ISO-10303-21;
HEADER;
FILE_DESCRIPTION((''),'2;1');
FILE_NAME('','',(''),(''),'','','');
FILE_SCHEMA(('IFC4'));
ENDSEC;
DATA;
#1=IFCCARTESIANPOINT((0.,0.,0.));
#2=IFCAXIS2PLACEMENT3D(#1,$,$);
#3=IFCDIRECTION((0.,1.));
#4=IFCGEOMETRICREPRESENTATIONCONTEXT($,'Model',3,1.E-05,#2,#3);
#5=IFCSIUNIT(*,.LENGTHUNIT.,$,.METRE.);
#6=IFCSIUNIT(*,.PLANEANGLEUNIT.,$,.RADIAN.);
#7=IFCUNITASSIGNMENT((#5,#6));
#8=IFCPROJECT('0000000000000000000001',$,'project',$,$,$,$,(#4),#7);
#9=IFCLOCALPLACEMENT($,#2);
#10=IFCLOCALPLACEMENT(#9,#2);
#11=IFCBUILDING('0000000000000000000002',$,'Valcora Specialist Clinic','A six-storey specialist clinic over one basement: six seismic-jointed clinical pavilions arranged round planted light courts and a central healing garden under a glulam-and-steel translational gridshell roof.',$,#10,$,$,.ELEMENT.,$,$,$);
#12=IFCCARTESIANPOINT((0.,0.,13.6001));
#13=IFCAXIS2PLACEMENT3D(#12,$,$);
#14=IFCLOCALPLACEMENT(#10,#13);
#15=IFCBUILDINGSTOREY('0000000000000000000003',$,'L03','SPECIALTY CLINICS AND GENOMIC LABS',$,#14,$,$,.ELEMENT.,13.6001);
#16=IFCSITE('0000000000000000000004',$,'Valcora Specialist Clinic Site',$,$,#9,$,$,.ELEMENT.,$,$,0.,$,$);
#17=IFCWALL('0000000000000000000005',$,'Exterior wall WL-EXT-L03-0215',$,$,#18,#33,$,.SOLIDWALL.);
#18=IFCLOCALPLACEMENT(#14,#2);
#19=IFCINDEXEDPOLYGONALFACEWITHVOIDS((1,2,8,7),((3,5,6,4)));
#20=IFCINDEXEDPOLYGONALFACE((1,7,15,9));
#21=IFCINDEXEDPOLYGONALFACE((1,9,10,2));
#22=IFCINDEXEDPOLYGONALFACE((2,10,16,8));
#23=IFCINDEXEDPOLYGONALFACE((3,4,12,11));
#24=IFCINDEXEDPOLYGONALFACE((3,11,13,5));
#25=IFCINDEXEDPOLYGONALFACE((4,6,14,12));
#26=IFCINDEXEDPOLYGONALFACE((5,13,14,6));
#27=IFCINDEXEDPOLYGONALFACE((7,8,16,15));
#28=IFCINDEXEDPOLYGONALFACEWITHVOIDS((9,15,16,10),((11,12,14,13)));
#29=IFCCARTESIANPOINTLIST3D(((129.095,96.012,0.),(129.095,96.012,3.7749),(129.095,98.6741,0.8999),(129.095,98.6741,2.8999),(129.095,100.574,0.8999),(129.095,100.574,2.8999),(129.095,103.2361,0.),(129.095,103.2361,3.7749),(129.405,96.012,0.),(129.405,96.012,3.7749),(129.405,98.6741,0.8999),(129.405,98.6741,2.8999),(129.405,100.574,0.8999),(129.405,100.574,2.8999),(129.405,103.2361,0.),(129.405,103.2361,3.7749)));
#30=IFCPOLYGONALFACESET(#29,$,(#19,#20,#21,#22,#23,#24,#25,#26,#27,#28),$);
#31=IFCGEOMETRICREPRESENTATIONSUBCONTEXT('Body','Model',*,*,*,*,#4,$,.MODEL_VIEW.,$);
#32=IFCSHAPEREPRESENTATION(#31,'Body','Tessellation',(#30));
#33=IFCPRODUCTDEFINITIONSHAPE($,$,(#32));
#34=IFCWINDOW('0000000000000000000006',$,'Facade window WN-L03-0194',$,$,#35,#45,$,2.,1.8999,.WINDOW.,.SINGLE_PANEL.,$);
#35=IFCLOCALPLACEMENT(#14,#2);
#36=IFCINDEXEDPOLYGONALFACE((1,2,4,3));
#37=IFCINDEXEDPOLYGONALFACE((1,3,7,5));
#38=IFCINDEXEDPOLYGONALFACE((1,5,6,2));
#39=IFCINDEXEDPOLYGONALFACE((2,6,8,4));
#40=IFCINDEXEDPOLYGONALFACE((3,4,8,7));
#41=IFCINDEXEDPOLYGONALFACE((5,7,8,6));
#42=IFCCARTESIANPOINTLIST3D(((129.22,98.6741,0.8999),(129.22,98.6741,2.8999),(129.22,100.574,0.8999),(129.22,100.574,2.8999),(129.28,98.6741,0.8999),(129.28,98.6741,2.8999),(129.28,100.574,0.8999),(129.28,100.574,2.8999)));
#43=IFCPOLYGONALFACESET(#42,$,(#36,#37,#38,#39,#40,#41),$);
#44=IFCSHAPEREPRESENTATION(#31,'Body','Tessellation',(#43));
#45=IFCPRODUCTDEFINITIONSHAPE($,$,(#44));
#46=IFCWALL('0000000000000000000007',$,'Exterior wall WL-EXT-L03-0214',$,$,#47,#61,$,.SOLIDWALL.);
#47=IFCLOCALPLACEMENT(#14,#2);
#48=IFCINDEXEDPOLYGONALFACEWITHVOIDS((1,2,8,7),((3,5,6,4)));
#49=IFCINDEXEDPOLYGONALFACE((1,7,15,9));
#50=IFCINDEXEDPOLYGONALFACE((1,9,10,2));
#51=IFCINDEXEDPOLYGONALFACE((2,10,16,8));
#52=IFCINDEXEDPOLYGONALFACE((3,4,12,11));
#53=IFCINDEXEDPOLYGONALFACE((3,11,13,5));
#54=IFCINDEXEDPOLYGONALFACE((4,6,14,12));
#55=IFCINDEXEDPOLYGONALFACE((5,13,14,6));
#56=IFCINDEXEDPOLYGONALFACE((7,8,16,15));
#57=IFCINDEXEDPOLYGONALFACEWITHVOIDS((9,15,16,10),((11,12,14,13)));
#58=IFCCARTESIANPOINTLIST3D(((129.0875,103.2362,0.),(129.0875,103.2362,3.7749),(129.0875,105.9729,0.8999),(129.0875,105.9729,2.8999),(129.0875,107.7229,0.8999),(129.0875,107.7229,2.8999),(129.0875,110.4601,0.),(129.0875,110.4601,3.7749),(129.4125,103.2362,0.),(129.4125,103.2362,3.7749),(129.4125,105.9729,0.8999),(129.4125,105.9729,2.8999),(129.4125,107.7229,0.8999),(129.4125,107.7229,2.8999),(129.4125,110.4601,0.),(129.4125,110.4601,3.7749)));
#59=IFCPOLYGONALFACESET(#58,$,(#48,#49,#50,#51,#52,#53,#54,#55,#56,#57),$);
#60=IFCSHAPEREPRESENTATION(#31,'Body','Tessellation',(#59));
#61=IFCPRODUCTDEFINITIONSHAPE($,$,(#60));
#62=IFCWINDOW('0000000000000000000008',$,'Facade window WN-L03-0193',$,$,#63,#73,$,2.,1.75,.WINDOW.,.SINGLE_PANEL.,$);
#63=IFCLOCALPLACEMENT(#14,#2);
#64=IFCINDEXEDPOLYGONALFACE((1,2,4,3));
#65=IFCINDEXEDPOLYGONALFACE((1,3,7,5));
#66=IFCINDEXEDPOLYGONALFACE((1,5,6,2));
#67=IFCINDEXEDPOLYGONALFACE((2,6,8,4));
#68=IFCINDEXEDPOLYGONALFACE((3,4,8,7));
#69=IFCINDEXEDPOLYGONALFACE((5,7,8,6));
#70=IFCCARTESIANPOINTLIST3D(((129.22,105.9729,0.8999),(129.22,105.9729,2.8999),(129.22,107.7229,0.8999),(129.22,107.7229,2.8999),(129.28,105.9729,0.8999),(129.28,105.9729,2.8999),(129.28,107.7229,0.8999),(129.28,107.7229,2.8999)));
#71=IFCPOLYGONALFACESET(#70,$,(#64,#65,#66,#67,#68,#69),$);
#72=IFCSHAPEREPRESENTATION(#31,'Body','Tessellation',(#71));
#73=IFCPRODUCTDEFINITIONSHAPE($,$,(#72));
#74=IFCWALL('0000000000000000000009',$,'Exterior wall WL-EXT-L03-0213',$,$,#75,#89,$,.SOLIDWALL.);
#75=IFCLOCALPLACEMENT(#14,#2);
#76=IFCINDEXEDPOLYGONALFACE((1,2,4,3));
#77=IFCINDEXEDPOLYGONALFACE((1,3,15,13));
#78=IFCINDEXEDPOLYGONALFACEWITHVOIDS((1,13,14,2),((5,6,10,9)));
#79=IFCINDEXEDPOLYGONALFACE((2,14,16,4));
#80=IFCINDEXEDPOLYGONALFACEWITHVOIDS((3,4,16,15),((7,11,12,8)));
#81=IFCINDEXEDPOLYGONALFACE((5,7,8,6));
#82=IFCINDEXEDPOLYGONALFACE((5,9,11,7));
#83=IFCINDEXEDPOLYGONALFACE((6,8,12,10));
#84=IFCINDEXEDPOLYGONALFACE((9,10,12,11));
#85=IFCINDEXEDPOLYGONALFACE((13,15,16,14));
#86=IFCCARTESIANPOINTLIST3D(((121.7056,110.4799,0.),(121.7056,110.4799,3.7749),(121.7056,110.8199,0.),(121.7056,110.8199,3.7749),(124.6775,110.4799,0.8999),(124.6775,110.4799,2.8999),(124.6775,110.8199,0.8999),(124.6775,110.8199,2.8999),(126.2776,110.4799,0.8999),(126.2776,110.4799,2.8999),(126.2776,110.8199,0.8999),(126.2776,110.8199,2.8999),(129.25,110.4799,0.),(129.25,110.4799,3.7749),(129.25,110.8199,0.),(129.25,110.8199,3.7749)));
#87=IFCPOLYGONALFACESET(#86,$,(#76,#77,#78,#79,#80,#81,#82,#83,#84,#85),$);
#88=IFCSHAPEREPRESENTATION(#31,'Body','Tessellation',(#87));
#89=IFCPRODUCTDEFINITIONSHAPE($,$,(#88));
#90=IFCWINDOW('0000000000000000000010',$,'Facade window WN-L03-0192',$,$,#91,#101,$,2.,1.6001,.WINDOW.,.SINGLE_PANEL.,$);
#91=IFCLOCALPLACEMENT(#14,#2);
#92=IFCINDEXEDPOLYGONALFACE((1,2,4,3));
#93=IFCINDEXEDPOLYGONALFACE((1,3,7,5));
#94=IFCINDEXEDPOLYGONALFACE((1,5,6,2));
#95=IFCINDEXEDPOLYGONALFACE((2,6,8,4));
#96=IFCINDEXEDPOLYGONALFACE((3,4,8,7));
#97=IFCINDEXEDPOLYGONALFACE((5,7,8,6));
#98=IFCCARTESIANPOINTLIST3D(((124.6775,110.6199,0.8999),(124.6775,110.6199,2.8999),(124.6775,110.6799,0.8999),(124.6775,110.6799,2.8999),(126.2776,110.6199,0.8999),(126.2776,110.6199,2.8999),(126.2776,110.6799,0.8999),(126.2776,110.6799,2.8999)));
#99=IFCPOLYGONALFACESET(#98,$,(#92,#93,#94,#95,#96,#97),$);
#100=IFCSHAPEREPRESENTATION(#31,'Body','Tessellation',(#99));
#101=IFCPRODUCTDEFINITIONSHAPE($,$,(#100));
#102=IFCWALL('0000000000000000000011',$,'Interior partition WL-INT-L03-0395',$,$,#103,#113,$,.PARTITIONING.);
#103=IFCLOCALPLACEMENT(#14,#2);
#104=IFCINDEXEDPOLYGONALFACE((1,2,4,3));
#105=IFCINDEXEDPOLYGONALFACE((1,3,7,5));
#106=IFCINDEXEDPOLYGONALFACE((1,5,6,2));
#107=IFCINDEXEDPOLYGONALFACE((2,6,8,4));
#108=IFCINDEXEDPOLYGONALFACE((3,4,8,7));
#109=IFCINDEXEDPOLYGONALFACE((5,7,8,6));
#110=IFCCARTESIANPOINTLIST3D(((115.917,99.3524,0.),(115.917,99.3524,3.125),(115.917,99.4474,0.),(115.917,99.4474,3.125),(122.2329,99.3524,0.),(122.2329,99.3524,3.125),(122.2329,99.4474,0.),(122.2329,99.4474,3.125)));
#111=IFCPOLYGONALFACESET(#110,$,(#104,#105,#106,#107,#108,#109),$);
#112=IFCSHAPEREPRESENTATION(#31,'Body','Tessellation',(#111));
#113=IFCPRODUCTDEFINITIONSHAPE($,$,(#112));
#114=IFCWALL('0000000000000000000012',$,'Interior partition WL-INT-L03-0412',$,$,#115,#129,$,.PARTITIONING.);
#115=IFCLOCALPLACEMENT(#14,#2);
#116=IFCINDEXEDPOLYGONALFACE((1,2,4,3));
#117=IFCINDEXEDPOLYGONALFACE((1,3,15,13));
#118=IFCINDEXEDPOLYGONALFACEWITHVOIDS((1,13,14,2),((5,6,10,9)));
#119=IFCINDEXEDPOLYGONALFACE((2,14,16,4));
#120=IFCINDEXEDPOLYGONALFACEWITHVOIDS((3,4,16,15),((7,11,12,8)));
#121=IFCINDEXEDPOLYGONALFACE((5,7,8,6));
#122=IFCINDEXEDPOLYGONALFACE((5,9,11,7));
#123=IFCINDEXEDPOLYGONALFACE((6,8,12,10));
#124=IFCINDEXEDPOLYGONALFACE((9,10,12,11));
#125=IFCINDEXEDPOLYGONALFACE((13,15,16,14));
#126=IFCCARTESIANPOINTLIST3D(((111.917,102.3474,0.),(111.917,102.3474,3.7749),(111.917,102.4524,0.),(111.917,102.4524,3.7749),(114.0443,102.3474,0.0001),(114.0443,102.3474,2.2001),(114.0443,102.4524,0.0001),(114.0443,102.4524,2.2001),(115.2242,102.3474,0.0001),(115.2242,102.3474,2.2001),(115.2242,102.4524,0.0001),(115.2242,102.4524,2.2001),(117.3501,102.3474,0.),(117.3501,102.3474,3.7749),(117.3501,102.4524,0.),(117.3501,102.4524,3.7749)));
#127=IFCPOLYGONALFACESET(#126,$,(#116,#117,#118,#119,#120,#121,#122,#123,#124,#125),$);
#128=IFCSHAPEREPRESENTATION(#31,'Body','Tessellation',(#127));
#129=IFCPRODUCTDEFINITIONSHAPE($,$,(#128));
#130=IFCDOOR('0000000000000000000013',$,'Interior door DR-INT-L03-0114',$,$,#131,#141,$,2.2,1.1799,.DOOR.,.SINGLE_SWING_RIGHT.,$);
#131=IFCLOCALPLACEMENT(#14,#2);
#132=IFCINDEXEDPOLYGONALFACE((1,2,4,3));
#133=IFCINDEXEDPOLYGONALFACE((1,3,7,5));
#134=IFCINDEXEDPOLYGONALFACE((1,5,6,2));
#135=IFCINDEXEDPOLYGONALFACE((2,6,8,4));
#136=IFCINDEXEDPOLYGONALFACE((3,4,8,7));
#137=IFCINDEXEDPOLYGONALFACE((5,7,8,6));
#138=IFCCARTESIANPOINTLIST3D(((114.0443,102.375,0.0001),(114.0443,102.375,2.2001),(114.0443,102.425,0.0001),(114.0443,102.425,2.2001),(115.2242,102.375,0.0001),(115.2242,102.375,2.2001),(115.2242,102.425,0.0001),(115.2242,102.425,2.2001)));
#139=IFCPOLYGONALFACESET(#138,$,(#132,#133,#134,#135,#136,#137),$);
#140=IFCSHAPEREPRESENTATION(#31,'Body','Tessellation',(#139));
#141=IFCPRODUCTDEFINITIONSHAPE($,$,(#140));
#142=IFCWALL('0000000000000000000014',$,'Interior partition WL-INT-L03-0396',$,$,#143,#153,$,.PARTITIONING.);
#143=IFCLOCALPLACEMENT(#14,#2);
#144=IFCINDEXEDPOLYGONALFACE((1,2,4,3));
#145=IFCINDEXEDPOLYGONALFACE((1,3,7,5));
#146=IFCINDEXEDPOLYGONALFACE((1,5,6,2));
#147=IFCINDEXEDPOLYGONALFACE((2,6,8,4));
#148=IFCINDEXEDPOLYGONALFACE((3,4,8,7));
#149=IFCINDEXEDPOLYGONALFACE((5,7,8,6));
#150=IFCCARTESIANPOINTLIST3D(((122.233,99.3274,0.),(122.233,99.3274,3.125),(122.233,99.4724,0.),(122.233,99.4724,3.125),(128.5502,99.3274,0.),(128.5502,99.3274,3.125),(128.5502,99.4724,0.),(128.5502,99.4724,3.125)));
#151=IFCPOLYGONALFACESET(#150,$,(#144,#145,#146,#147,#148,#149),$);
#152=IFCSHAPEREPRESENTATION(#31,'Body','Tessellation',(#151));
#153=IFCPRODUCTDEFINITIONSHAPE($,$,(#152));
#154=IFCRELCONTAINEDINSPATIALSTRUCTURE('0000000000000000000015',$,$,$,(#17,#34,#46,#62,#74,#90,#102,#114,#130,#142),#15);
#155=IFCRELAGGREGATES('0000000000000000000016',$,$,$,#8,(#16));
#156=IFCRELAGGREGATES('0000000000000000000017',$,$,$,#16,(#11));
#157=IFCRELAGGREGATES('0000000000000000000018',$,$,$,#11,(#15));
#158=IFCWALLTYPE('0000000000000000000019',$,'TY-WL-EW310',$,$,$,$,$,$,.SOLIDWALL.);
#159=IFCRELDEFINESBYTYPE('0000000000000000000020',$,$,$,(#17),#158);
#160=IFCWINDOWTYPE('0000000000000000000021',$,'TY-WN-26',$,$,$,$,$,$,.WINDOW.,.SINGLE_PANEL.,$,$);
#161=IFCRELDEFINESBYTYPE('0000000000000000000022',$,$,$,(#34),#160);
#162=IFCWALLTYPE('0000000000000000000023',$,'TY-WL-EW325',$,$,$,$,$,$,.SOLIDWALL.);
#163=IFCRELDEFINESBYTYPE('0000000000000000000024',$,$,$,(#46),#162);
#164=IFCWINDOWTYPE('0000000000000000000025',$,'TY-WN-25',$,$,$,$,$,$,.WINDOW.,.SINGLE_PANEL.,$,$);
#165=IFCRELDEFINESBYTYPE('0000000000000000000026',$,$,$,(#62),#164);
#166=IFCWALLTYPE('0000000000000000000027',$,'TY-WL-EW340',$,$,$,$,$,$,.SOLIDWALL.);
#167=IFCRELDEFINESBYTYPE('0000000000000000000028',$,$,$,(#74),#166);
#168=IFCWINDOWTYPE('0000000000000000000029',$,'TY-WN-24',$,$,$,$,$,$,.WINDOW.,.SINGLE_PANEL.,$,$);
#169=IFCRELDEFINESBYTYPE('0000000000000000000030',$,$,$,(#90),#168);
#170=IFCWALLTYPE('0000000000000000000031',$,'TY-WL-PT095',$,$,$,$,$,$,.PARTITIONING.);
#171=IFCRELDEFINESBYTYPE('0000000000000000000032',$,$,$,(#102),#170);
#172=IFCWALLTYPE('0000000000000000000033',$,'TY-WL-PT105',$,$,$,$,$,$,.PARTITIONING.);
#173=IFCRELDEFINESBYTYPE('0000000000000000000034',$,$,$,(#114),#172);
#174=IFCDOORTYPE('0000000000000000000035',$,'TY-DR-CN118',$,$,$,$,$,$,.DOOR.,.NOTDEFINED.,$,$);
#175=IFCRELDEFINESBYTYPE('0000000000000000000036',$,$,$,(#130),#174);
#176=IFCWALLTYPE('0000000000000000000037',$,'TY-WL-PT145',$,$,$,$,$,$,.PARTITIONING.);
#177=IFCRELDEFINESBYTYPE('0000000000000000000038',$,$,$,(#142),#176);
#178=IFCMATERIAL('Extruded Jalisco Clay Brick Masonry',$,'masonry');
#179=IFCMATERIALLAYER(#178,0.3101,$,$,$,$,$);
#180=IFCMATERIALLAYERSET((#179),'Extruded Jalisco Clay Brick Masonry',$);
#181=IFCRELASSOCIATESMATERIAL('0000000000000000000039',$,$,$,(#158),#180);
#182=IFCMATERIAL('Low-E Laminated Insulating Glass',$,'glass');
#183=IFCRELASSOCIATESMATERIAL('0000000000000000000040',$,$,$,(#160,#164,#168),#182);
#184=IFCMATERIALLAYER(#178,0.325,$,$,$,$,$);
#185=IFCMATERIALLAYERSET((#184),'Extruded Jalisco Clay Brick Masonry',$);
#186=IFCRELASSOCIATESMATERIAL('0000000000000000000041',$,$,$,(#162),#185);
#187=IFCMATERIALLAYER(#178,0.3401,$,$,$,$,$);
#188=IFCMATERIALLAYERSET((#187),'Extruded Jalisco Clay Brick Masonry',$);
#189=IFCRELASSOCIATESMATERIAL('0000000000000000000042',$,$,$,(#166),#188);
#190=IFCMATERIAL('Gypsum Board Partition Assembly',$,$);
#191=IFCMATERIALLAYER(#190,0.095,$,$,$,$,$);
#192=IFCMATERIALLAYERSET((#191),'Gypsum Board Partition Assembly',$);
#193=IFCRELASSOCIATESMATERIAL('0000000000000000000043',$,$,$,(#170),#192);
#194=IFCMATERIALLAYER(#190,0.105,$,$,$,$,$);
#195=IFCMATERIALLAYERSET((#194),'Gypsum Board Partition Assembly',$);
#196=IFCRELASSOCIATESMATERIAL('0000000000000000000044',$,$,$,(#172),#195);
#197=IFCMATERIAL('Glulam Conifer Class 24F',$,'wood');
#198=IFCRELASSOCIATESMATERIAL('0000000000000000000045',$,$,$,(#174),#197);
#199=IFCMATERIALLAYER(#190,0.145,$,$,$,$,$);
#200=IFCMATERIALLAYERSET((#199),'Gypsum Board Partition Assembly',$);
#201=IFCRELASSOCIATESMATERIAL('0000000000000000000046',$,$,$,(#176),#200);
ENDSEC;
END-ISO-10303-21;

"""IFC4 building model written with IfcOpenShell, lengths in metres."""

from ifc_helpers import new_model, si_unit, direction, frame, frame_2d, origin, place, context, subcontext, project, spatial, rectangle, extrude, material, layer, layer_set, type_object, element, fill, save


model = new_model("IFC4")

# Units and contexts
model_context = context("Model", 3, precision=1e-05, world=origin(), true_north=direction((0.0, 1.0)))
body_context = subcontext(model_context, "Body", "Model", "MODEL_VIEW")
ifc_project = project(units=[si_unit("LENGTHUNIT", "METRE"), si_unit("PLANEANGLEUNIT", "RADIAN")], contexts=[model_context])

# Site, building, storey
site_placement = place(None, origin())
site = spatial("IfcSite", under=ifc_project, at=site_placement, Name="Valcora Specialist Clinic Site", CompositionType="ELEMENT", RefElevation=0.0)
building_placement = place(site_placement, origin())
building = spatial("IfcBuilding", under=site, at=building_placement, Name="Valcora Specialist Clinic", Description="A six-storey specialist clinic over one basement: six seismic-jointed clinical pavilions arranged round planted light courts and a central healing garden under a glulam-and-steel translational gridshell roof.", CompositionType="ELEMENT")
storey_placement = place(building_placement, frame((0.0, 0.0, 13.6001)))
storey = spatial("IfcBuildingStorey", under=building, at=storey_placement, Name="L03", Description="SPECIALTY CLINICS AND GENOMIC LABS", CompositionType="ELEMENT", Elevation=13.6001)

# Walls, openings, windows
ifc_material_1 = material(Name="Extruded Jalisco Clay Brick Masonry", Category="masonry")
ifc_material_2 = material(Name="Low-E Laminated Insulating Glass", Category="glass")
ifc_layer_1 = layer(ifc_material_1, 0.3101)
ifc_layer_set_1 = layer_set([ifc_layer_1], Name="Extruded Jalisco Clay Brick Masonry")
wall_type_1 = type_object("IfcWallType", Name="TY-WL-EW310", PredefinedType="SOLIDWALL", material=ifc_layer_set_1)
wall_1_placement = place(storey_placement, frame((129.25, 103.2361, 0.0), z_axis=(0.0, 0.0, 1.0), x_axis=(0.0, -1.0, 0.0)))
wall_1 = element("IfcWall", 1, at=wall_1_placement, inside=storey, type_object=wall_type_1, Name="Exterior wall WL-EXT-L03-0215", PredefinedType="SOLIDWALL", context=body_context, shape_type="SweptSolid", body=[
    extrude(rectangle(XDim=7.2241, YDim=0.3101, at=frame_2d((3.6121, 0.0))), origin(), (0.0, 0.0, 1.0), 3.7749),
])
opening_1_placement = place(wall_1_placement, frame((2.6621, 0.0, 0.8999)))
opening_1 = element("IfcOpeningElement", 2, at=opening_1_placement, cuts=wall_1, PredefinedType="OPENING", context=body_context, shape_type="SweptSolid", body=[
    extrude(rectangle(XDim=1.8999, YDim=2.0, at=frame_2d((0.95, 1.0))), frame((0.0, 0.165, 0.0), z_axis=(0.0, -1.0, 0.0), x_axis=(1.0, 0.0, 0.0)), (0.0, 0.0, 1.0), 0.3301),
])
window_type_1 = type_object("IfcWindowType", Name="TY-WN-26", PartitioningType="SINGLE_PANEL", PredefinedType="WINDOW", material=ifc_material_2)
window_1_placement = place(opening_1_placement, origin())
window_1 = element("IfcWindow", 3, at=window_1_placement, inside=storey, type_object=window_type_1, Name="Facade window WN-L03-0194", OverallHeight=2.0, OverallWidth=1.8999, PartitioningType="SINGLE_PANEL", PredefinedType="WINDOW", context=body_context, shape_type="SweptSolid", body=[
    extrude(rectangle(XDim=1.8999, YDim=2.0, at=frame_2d((0.95, 1.0))), frame((0.0, 0.03, 0.0), z_axis=(0.0, -1.0, 0.0), x_axis=(1.0, 0.0, 0.0)), (0.0, 0.0, 1.0), 0.0601),
])
fill(opening_1, window_1)
ifc_layer_2 = layer(ifc_material_1, 0.325)
ifc_layer_set_2 = layer_set([ifc_layer_2], Name="Extruded Jalisco Clay Brick Masonry")
wall_type_2 = type_object("IfcWallType", Name="TY-WL-EW325", PredefinedType="SOLIDWALL", material=ifc_layer_set_2)
wall_2_placement = place(storey_placement, frame((129.25, 110.46, 0.0), z_axis=(0.0, 0.0, 1.0), x_axis=(0.0, -1.0, 0.0)))
wall_2 = element("IfcWall", 4, at=wall_2_placement, inside=storey, type_object=wall_type_2, Name="Exterior wall WL-EXT-L03-0214", PredefinedType="SOLIDWALL", context=body_context, shape_type="SweptSolid", body=[
    extrude(rectangle(XDim=7.2239, YDim=0.325, at=frame_2d((3.6118, 0.0))), origin(), (0.0, 0.0, 1.0), 3.7749),
])
opening_2_placement = place(wall_2_placement, frame((2.7371, 0.0, 0.8999)))
opening_2 = element("IfcOpeningElement", 5, at=opening_2_placement, cuts=wall_2, PredefinedType="OPENING", context=body_context, shape_type="SweptSolid", body=[
    extrude(rectangle(XDim=1.75, YDim=2.0, at=frame_2d((0.875, 1.0))), frame((0.0, 0.1724, 0.0), z_axis=(0.0, -1.0, 0.0), x_axis=(1.0, 0.0, 0.0)), (0.0, 0.0, 1.0), 0.345),
])
window_type_2 = type_object("IfcWindowType", Name="TY-WN-25", PartitioningType="SINGLE_PANEL", PredefinedType="WINDOW", material=ifc_material_2)
window_2_placement = place(opening_2_placement, origin())
window_2 = element("IfcWindow", 6, at=window_2_placement, inside=storey, type_object=window_type_2, Name="Facade window WN-L03-0193", OverallHeight=2.0, OverallWidth=1.75, PartitioningType="SINGLE_PANEL", PredefinedType="WINDOW", context=body_context, shape_type="SweptSolid", body=[
    extrude(rectangle(XDim=1.75, YDim=2.0, at=frame_2d((0.875, 1.0))), frame((0.0, 0.03, 0.0), z_axis=(0.0, -1.0, 0.0), x_axis=(1.0, 0.0, 0.0)), (0.0, 0.0, 1.0), 0.0601),
])
fill(opening_2, window_2)
ifc_layer_3 = layer(ifc_material_1, 0.3401)
ifc_layer_set_3 = layer_set([ifc_layer_3], Name="Extruded Jalisco Clay Brick Masonry")
wall_type_3 = type_object("IfcWallType", Name="TY-WL-EW340", PredefinedType="SOLIDWALL", material=ifc_layer_set_3)
wall_3_placement = place(storey_placement, frame((121.7056, 110.6499, 0.0), z_axis=(0.0, 0.0, 1.0), x_axis=(1.0, 0.0, 0.0)))
wall_3 = element("IfcWall", 7, at=wall_3_placement, inside=storey, type_object=wall_type_3, Name="Exterior wall WL-EXT-L03-0213", PredefinedType="SOLIDWALL", context=body_context, shape_type="SweptSolid", body=[
    extrude(rectangle(XDim=7.5444, YDim=0.3401, at=frame_2d((3.7722, 0.0))), origin(), (0.0, 0.0, 1.0), 3.7749),
])
opening_3_placement = place(wall_3_placement, frame((2.9719, 0.0, 0.8999)))
opening_3 = element("IfcOpeningElement", 8, at=opening_3_placement, cuts=wall_3, PredefinedType="OPENING", context=body_context, shape_type="SweptSolid", body=[
    extrude(rectangle(XDim=1.6001, YDim=2.0, at=frame_2d((0.8, 1.0))), frame((0.0, 0.1799, 0.0), z_axis=(0.0, -1.0, 0.0), x_axis=(1.0, 0.0, 0.0)), (0.0, 0.0, 1.0), 0.3601),
])
window_type_3 = type_object("IfcWindowType", Name="TY-WN-24", PartitioningType="SINGLE_PANEL", PredefinedType="WINDOW", material=ifc_material_2)
window_3_placement = place(opening_3_placement, origin())
window_3 = element("IfcWindow", 9, at=window_3_placement, inside=storey, type_object=window_type_3, Name="Facade window WN-L03-0192", OverallHeight=2.0, OverallWidth=1.6001, PartitioningType="SINGLE_PANEL", PredefinedType="WINDOW", context=body_context, shape_type="SweptSolid", body=[
    extrude(rectangle(XDim=1.6001, YDim=2.0, at=frame_2d((0.8, 1.0))), frame((0.0, 0.03, 0.0), z_axis=(0.0, -1.0, 0.0), x_axis=(1.0, 0.0, 0.0)), (0.0, 0.0, 1.0), 0.0601),
])
fill(opening_3, window_3)

# Wall
ifc_material_3 = material(Name="Gypsum Board Partition Assembly")
ifc_layer_4 = layer(ifc_material_3, 0.095)
ifc_layer_set_4 = layer_set([ifc_layer_4], Name="Gypsum Board Partition Assembly")
wall_type_4 = type_object("IfcWallType", Name="TY-WL-PT095", PredefinedType="PARTITIONING", material=ifc_layer_set_4)
wall_4_placement = place(storey_placement, frame((115.917, 99.3999, 0.0), z_axis=(0.0, 0.0, 1.0), x_axis=(1.0, 0.0, 0.0)))
element("IfcWall", 10, at=wall_4_placement, inside=storey, type_object=wall_type_4, Name="Interior partition WL-INT-L03-0395", PredefinedType="PARTITIONING", context=body_context, shape_type="SweptSolid", body=[
    extrude(rectangle(XDim=6.3159, YDim=0.095, at=frame_2d((3.158, 0.0))), origin(), (0.0, 0.0, 1.0), 3.125),
])

# Wall, opening, door
ifc_layer_5 = layer(ifc_material_3, 0.105)
ifc_layer_set_5 = layer_set([ifc_layer_5], Name="Gypsum Board Partition Assembly")
wall_type_5 = type_object("IfcWallType", Name="TY-WL-PT105", PredefinedType="PARTITIONING", material=ifc_layer_set_5)
wall_5_placement = place(storey_placement, frame((117.3501, 102.3999, 0.0), z_axis=(0.0, 0.0, 1.0), x_axis=(-1.0, 0.0, 0.0)))
wall_5 = element("IfcWall", 11, at=wall_5_placement, inside=storey, type_object=wall_type_5, Name="Interior partition WL-INT-L03-0412", PredefinedType="PARTITIONING", context=body_context, shape_type="SweptSolid", body=[
    extrude(rectangle(XDim=5.4331, YDim=0.105, at=frame_2d((2.7166, 0.0))), origin(), (0.0, 0.0, 1.0), 3.7749),
])
opening_4_placement = place(wall_5_placement, frame((2.126, 0.0, 0.0)))
opening_4 = element("IfcOpeningElement", 12, at=opening_4_placement, cuts=wall_5, PredefinedType="OPENING", context=body_context, shape_type="SweptSolid", body=[
    extrude(rectangle(XDim=1.1799, YDim=2.2, at=frame_2d((0.5898, 1.1001))), frame((0.0, 0.0625, 0.0), z_axis=(0.0, -1.0, 0.0), x_axis=(1.0, 0.0, 0.0)), (0.0, 0.0, 1.0), 0.125),
])
ifc_material_4 = material(Name="Glulam Conifer Class 24F", Category="wood")
door_type_1 = type_object("IfcDoorType", Name="TY-DR-CN118", OperationType="NOTDEFINED", PredefinedType="DOOR", material=ifc_material_4)
door_1_placement = place(opening_4_placement, origin())
door_1 = element("IfcDoor", 13, at=door_1_placement, inside=storey, type_object=door_type_1, Name="Interior door DR-INT-L03-0114", OperationType="SINGLE_SWING_RIGHT", OverallHeight=2.2, OverallWidth=1.1799, PredefinedType="DOOR", context=body_context, shape_type="SweptSolid", body=[
    extrude(rectangle(XDim=1.1799, YDim=2.2, at=frame_2d((0.5898, 1.1001))), frame((0.0, 0.0249, 0.0), z_axis=(0.0, -1.0, 0.0), x_axis=(1.0, 0.0, 0.0)), (0.0, 0.0, 1.0), 0.05),
])
fill(opening_4, door_1)

# Wall
ifc_layer_6 = layer(ifc_material_3, 0.145)
ifc_layer_set_6 = layer_set([ifc_layer_6], Name="Gypsum Board Partition Assembly")
wall_type_6 = type_object("IfcWallType", Name="TY-WL-PT145", PredefinedType="PARTITIONING", material=ifc_layer_set_6)
wall_6_placement = place(storey_placement, frame((122.2329, 99.3999, 0.0), z_axis=(0.0, 0.0, 1.0), x_axis=(1.0, 0.0, 0.0)))
element("IfcWall", 14, at=wall_6_placement, inside=storey, type_object=wall_type_6, Name="Interior partition WL-INT-L03-0396", PredefinedType="PARTITIONING", context=body_context, shape_type="SweptSolid", body=[
    extrude(rectangle(XDim=6.3171, YDim=0.145, at=frame_2d((3.1587, 0.0))), origin(), (0.0, 0.0, 1.0), 3.125),
])

save(model, "model.ifc")
